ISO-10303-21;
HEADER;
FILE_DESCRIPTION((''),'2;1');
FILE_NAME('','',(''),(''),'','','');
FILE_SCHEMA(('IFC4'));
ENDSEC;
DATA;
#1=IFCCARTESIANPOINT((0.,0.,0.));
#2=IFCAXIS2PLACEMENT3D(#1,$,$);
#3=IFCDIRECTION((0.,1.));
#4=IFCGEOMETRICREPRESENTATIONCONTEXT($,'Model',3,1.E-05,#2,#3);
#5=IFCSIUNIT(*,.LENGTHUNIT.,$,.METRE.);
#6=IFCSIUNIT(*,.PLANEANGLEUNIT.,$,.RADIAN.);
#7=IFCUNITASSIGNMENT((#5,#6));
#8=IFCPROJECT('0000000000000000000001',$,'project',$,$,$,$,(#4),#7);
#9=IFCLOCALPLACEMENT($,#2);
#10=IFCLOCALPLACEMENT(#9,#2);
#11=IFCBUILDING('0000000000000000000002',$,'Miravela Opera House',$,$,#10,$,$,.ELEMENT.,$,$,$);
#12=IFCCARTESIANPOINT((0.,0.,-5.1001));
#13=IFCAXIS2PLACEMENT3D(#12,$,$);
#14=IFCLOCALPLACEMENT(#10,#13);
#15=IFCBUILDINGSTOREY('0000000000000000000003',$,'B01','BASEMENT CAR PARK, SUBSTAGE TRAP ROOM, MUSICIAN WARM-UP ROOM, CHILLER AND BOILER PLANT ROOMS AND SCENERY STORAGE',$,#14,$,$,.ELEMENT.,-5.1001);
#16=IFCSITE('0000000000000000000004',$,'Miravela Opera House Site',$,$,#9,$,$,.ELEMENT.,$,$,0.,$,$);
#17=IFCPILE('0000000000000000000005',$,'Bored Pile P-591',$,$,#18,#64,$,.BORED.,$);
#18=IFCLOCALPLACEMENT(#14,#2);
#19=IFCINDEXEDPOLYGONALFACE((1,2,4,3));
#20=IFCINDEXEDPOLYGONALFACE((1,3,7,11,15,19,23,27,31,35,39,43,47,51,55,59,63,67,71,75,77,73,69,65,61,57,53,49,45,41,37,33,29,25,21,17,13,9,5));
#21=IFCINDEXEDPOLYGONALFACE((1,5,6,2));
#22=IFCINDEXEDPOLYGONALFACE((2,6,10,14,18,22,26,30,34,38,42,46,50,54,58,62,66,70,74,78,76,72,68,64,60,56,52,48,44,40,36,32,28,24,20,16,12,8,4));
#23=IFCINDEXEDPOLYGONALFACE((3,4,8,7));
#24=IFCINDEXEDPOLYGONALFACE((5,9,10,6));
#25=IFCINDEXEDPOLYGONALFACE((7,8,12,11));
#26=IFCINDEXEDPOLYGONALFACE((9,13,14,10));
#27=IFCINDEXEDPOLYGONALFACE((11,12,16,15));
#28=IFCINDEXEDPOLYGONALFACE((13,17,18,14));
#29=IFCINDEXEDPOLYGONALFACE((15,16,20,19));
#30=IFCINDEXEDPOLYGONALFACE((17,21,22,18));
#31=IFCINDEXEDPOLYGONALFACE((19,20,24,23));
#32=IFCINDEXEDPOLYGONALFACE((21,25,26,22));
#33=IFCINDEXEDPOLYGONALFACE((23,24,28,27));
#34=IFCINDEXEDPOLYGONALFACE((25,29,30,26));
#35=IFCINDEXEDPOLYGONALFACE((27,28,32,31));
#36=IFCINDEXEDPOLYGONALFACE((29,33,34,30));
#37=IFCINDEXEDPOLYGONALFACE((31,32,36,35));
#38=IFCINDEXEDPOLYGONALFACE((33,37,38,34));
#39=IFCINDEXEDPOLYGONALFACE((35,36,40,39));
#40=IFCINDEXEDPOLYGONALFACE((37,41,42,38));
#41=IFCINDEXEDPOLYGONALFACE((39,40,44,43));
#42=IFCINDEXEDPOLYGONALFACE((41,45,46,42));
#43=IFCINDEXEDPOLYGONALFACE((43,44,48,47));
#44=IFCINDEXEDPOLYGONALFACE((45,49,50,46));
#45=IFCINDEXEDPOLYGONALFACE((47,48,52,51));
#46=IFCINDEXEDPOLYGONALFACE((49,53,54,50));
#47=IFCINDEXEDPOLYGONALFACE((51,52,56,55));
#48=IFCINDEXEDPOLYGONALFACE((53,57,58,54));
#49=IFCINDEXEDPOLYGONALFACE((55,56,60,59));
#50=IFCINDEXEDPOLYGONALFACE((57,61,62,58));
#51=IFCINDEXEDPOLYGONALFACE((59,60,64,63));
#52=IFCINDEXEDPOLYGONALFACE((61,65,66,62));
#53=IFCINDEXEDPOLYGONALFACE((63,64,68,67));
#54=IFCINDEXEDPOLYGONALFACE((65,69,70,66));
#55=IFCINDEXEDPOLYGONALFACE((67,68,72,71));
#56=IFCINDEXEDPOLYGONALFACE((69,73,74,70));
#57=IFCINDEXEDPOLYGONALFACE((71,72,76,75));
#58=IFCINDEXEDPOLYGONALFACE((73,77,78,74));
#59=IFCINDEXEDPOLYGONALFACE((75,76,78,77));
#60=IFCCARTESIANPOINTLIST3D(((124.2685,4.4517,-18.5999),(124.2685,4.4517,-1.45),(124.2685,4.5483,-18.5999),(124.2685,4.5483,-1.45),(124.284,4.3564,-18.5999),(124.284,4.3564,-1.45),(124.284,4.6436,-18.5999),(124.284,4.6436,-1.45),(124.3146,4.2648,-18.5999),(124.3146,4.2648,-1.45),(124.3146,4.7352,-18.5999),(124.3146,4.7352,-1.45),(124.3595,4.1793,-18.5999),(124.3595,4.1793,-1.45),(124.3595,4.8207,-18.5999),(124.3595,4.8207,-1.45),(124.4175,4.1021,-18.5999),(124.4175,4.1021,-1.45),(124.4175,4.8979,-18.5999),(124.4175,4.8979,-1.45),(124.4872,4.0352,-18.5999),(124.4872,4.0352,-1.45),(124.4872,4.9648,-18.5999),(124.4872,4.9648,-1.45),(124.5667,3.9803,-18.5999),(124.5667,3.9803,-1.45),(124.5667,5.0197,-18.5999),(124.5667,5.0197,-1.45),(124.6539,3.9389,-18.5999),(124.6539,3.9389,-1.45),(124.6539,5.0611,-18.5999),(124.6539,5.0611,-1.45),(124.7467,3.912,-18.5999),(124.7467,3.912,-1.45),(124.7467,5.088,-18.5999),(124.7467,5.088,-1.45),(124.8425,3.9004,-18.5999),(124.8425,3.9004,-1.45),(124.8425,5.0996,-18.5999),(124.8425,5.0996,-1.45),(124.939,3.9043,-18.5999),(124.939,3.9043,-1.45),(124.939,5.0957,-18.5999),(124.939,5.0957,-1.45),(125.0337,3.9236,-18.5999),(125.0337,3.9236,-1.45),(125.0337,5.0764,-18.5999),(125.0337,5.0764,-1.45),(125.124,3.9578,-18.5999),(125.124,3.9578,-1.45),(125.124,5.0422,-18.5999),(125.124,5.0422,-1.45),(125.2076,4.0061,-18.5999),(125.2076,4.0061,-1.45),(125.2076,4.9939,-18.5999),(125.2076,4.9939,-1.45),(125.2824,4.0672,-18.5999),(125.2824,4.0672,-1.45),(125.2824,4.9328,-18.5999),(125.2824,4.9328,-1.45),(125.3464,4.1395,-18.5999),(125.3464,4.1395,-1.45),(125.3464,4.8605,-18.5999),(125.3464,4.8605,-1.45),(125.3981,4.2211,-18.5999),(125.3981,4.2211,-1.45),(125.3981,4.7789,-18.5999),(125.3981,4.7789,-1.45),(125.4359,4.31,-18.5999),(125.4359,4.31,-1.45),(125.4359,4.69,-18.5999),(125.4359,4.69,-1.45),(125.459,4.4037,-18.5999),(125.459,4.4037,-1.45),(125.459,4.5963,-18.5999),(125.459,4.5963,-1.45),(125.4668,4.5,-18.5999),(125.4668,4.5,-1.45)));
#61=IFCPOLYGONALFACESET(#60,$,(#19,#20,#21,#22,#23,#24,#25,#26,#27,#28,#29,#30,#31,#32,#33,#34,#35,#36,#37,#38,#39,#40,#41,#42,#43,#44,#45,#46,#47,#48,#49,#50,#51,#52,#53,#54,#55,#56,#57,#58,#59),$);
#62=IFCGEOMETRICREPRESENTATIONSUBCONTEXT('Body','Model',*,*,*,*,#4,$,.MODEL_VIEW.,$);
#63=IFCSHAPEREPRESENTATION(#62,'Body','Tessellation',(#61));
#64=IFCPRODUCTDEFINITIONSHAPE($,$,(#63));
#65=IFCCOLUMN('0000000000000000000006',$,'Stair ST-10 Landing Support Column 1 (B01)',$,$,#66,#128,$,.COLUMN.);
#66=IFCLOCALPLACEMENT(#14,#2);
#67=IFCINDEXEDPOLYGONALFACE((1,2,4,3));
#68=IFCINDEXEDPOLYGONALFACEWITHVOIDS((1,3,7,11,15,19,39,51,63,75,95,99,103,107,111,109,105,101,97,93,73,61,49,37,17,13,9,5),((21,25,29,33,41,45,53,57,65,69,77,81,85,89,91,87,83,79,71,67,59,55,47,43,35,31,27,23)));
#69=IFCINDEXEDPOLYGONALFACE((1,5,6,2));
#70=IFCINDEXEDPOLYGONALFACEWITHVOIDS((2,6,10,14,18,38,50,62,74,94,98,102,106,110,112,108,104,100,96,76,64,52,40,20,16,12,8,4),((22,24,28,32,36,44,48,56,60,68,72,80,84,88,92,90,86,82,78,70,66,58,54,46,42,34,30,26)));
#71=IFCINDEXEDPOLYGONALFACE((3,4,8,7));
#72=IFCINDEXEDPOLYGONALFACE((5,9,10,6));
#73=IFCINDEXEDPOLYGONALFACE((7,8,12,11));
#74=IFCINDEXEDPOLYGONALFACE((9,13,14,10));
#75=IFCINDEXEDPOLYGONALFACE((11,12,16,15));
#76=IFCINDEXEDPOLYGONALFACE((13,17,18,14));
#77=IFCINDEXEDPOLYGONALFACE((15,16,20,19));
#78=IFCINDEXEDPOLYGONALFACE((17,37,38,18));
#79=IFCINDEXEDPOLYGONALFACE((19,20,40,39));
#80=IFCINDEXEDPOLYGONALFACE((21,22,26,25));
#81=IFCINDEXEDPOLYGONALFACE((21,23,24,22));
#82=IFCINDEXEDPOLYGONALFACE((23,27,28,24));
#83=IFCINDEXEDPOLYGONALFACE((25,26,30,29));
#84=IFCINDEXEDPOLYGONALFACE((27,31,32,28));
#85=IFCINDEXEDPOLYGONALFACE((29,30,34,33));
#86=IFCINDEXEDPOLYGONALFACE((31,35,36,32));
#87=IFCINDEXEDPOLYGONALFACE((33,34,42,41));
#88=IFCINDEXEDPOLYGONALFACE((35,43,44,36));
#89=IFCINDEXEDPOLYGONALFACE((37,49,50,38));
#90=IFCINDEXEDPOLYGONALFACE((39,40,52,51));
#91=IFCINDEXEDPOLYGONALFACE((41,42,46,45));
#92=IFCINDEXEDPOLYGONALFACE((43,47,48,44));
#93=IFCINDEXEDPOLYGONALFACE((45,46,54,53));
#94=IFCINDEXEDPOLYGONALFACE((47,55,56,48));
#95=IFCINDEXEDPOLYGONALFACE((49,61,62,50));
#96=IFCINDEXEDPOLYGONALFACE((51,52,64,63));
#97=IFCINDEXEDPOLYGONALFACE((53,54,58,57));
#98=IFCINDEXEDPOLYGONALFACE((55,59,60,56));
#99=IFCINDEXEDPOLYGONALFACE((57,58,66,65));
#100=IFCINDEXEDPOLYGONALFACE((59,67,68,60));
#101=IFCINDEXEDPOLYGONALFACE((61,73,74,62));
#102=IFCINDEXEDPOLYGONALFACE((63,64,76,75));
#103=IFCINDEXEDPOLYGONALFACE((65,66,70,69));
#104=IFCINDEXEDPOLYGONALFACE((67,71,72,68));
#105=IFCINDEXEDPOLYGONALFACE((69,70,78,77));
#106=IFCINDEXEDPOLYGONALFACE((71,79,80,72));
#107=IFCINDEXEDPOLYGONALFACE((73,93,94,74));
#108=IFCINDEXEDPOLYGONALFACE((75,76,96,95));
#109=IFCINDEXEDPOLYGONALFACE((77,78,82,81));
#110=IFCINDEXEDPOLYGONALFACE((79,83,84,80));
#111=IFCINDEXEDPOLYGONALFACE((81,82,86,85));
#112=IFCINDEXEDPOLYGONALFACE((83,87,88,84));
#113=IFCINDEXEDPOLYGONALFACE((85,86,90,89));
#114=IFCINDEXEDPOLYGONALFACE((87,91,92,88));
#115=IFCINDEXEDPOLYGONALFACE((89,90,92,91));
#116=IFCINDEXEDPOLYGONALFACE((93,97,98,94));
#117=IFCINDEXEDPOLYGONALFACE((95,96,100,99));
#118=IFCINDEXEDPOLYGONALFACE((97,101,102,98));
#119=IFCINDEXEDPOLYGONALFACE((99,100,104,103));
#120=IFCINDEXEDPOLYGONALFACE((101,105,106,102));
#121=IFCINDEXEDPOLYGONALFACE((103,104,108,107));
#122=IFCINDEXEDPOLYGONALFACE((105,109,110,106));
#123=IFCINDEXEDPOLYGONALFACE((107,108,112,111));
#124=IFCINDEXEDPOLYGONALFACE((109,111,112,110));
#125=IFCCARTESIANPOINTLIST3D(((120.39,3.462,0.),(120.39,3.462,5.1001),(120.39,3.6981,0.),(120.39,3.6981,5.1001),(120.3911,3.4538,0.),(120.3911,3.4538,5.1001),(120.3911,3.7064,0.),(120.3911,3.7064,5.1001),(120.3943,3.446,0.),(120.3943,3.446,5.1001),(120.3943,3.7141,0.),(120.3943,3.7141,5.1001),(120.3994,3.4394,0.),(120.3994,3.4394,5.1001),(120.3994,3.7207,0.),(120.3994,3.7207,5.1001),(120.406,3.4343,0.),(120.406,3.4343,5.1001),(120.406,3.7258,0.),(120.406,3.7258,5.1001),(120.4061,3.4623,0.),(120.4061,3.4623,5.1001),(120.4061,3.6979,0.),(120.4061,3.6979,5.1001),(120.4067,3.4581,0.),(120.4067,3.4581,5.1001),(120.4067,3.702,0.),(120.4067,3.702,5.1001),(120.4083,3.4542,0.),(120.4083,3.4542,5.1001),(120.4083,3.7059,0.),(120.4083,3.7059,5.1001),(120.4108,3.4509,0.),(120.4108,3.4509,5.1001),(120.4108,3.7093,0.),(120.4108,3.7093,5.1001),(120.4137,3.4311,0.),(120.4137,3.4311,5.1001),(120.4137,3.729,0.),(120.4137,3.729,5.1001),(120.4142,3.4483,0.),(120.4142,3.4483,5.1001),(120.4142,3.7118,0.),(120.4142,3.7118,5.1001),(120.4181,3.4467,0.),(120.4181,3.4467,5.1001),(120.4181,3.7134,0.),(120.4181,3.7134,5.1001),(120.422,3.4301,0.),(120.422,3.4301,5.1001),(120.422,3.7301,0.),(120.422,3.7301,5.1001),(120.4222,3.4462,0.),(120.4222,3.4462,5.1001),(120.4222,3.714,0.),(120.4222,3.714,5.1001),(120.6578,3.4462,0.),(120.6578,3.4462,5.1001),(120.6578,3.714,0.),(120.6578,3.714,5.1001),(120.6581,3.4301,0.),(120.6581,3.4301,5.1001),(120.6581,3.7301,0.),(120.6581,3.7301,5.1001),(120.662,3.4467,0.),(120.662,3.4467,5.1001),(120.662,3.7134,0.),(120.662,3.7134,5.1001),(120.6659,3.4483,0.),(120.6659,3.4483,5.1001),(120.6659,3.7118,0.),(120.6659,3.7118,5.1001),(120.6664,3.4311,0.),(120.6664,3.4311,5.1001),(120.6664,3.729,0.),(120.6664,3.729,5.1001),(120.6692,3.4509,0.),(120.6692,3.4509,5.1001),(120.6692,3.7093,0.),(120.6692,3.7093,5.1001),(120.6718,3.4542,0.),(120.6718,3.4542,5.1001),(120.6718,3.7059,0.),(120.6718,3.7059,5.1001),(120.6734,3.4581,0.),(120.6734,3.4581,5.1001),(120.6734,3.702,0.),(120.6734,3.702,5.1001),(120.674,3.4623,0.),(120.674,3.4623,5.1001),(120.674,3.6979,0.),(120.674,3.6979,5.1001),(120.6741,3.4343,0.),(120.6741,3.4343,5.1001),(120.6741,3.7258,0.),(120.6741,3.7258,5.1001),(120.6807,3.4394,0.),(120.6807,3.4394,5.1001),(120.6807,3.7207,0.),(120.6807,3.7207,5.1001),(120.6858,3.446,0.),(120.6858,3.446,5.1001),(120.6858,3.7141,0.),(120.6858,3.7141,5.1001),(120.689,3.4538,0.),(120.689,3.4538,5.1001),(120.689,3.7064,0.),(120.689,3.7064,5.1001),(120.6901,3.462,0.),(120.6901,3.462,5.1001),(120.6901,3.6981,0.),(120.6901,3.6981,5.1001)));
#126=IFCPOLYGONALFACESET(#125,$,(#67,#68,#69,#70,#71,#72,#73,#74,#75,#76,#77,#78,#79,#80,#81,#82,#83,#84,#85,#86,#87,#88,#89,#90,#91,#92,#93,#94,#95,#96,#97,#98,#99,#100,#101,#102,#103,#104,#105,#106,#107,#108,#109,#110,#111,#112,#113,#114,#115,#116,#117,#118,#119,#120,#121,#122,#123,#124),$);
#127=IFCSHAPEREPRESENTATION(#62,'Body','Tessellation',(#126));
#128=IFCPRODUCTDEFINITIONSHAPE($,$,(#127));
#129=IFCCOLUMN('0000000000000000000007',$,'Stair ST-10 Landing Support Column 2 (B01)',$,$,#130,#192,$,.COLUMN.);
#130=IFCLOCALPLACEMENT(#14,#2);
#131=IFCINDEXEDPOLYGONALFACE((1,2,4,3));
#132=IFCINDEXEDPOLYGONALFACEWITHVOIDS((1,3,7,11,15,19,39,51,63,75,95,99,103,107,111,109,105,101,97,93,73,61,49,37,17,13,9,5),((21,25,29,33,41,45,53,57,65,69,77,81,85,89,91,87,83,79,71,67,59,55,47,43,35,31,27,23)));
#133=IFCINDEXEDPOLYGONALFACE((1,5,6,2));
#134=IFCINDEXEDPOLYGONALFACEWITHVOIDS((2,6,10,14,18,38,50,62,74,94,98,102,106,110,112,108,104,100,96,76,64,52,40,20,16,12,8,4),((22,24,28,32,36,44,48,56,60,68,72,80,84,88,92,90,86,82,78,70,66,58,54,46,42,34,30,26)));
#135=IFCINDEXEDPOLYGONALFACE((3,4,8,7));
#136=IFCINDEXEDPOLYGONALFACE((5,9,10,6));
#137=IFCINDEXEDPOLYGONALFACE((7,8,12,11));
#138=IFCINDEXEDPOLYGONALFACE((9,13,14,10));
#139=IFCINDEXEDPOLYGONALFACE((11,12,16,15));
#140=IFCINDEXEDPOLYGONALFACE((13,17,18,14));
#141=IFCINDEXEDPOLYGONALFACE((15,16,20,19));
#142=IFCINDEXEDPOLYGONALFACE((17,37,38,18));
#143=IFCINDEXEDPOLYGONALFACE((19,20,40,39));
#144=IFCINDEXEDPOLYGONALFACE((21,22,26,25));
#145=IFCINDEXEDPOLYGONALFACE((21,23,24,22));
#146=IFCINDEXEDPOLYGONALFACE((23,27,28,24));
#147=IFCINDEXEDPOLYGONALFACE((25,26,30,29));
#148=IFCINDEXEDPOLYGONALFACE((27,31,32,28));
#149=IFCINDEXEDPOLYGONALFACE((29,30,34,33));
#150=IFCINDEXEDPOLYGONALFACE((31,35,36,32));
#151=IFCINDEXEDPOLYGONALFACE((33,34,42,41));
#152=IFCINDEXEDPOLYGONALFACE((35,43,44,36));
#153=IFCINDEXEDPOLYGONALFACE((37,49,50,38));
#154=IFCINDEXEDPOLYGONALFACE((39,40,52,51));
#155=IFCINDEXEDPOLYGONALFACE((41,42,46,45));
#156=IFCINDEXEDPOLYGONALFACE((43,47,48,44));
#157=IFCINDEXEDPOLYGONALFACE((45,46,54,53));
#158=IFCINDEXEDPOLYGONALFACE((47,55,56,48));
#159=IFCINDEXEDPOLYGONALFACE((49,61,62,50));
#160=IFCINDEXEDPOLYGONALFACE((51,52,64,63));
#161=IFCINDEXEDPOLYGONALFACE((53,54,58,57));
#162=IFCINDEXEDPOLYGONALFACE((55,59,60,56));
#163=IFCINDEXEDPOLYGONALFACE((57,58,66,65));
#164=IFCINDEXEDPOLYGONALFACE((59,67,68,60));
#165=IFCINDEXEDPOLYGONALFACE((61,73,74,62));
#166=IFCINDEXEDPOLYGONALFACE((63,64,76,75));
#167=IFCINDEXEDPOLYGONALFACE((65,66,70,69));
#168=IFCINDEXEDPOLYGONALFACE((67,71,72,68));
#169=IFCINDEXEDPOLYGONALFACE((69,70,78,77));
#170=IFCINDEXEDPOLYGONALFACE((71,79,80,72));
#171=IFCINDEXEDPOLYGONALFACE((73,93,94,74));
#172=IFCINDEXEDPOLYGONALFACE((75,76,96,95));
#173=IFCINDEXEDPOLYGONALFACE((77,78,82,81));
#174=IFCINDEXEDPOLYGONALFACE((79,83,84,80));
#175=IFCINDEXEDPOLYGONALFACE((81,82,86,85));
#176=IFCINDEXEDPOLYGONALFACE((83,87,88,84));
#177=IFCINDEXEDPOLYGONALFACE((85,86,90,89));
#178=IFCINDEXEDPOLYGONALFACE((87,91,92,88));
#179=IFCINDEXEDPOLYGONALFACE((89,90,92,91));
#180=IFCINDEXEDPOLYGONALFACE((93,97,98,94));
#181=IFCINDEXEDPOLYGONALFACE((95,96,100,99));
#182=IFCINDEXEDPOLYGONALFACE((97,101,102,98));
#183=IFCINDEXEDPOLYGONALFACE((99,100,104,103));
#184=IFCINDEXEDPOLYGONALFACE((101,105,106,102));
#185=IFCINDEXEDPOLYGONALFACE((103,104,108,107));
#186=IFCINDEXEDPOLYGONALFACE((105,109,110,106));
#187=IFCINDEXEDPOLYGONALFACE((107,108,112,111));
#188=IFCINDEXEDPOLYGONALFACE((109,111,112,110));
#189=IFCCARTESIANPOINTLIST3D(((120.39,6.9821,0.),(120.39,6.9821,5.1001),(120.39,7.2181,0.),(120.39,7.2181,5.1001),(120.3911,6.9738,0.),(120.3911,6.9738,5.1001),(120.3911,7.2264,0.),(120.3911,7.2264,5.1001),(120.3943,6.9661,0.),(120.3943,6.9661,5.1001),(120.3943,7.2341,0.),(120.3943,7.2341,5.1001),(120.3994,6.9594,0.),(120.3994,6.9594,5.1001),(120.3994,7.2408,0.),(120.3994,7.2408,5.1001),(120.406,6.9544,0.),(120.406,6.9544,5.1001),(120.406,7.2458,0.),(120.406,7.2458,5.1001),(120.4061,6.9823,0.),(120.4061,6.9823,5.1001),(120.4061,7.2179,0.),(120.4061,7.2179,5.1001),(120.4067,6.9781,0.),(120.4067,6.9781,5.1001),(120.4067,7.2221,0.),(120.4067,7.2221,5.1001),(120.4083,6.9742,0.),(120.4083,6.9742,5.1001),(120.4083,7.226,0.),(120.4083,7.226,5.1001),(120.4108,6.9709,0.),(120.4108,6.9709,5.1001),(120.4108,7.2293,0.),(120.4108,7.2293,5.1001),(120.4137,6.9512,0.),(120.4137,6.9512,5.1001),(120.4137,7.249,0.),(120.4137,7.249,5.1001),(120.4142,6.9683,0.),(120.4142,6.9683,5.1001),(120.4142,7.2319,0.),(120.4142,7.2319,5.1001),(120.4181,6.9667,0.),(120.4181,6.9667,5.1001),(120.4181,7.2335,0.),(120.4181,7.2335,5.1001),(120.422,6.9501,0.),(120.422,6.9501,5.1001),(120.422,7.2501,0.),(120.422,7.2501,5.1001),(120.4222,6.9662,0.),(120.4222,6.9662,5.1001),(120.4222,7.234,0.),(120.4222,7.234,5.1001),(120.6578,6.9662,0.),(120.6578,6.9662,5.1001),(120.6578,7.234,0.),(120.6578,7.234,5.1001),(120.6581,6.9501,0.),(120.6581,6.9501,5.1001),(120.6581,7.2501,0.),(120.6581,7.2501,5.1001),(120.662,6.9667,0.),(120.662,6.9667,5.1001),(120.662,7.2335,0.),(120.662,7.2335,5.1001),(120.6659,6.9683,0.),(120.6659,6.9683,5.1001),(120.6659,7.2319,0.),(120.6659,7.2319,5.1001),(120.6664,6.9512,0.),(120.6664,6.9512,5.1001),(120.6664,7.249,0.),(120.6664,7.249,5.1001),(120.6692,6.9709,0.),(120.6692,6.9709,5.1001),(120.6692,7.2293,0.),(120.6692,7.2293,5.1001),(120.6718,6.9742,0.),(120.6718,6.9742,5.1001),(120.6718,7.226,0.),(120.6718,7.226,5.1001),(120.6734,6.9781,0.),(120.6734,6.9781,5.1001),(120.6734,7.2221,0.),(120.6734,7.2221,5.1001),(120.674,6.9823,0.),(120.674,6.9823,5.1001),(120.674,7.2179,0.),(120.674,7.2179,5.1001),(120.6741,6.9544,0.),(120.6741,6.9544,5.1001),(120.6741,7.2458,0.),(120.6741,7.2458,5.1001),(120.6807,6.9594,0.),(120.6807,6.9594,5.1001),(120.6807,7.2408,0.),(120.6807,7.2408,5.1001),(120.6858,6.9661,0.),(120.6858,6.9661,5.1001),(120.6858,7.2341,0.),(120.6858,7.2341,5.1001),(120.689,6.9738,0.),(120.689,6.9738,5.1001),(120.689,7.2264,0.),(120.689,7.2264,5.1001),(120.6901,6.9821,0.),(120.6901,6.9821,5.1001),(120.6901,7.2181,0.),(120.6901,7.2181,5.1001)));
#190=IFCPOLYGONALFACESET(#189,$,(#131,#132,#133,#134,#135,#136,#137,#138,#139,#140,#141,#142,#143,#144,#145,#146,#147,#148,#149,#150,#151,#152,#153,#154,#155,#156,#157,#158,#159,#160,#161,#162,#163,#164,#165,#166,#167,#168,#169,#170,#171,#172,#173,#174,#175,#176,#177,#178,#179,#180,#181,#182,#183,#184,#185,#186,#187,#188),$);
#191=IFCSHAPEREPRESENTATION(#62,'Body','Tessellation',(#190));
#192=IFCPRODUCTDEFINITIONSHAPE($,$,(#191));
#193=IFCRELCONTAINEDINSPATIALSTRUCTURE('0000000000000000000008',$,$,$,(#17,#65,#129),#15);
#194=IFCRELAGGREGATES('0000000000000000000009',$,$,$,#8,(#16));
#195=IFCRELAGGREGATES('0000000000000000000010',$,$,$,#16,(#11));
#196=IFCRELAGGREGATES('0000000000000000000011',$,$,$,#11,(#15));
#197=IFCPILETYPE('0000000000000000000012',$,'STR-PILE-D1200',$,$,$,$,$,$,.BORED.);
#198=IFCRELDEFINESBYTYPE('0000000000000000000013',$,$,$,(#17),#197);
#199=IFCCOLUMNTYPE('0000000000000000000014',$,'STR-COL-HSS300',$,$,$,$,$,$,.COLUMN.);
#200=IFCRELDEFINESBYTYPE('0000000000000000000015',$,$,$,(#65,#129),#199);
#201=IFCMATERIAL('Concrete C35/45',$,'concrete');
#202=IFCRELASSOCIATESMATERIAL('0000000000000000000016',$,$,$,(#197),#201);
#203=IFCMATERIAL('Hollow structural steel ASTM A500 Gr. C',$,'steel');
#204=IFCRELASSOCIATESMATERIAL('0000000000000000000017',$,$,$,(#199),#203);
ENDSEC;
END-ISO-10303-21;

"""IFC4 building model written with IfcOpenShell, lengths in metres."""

from ifc_helpers import new_model, si_unit, direction, frame, origin, origin_2d, place, context, subcontext, project, spatial, hollow_rectangle, circle, extrude, material, material_profile, profile_set, type_object, element, save


model = new_model("IFC4")

# Units and contexts
model_context = context("Model", 3, precision=1e-05, world=origin(), true_north=direction((0.0, 1.0)))
body_context = subcontext(model_context, "Body", "Model", "MODEL_VIEW")
ifc_project = project(units=[si_unit("LENGTHUNIT", "METRE"), si_unit("PLANEANGLEUNIT", "RADIAN")], contexts=[model_context])

# Site, building, storey
site_placement = place(None, origin())
site = spatial("IfcSite", under=ifc_project, at=site_placement, Name="Miravela Opera House Site", CompositionType="ELEMENT", RefElevation=0.0)
building_placement = place(site_placement, origin())
building = spatial("IfcBuilding", under=site, at=building_placement, Name="Miravela Opera House", CompositionType="ELEMENT")
storey_placement = place(building_placement, frame((0.0, 0.0, -5.1001)))
storey = spatial("IfcBuildingStorey", under=building, at=storey_placement, Name="B01", Description="BASEMENT CAR PARK, SUBSTAGE TRAP ROOM, MUSICIAN WARM-UP ROOM, CHILLER AND BOILER PLANT ROOMS AND SCENERY STORAGE", CompositionType="ELEMENT", Elevation=-5.1001)

# Shared definitions
ifc_material_1 = material(Name="Concrete C35/45", Category="concrete")

# Pile
ifc_material_profile_1 = material_profile(ifc_material_1, circle(Radius=0.6001, at=origin_2d()), Name="PILE-D1200")
ifc_profile_set_1 = profile_set([ifc_material_profile_1])
pile_type = type_object("IfcPileType", Name="STR-PILE-D1200", PredefinedType="BORED", material=ifc_profile_set_1)
for number, where, z_axis, x_axis, name in (
    (1, (124.8667, 4.5, -1.45), (0.0, 0.0, -1.0), (1.0, 0.0, 0.0), "Bored Pile P-591"),
):
    element("IfcPile", number, at=place(storey_placement, frame(where, z_axis=z_axis, x_axis=x_axis)), inside=storey, type_object=pile_type, Name=name, PredefinedType="BORED", context=body_context, shape_type="SweptSolid", body=[
        extrude(circle(Radius=0.6001, at=origin_2d()), origin(), (0.0, 0.0, 1.0), 17.1499),
    ])

# Columns
ifc_material_2 = material(Name="Hollow structural steel ASTM A500 Gr. C", Category="steel")
ifc_material_profile_2 = material_profile(ifc_material_2, hollow_rectangle(XDim=0.3, YDim=0.3, WallThickness=0.0161, InnerFilletRadius=0.0161, OuterFilletRadius=0.032, at=origin_2d()), Name="HSS300X300X16")
ifc_profile_set_2 = profile_set([ifc_material_profile_2])
column_type = type_object("IfcColumnType", Name="STR-COL-HSS300", PredefinedType="COLUMN", material=ifc_profile_set_2)
for number, where, z_axis, x_axis, name in (
    (2, (120.54, 3.5801, 0.0), (0.0, 0.0, 1.0), (1.0, 0.0, 0.0), "Stair ST-10 Landing Support Column 1 (B01)"),
    (3, (120.54, 7.1001, 0.0), (0.0, 0.0, 1.0), (1.0, 0.0, 0.0), "Stair ST-10 Landing Support Column 2 (B01)"),
):
    element("IfcColumn", number, at=place(storey_placement, frame(where, z_axis=z_axis, x_axis=x_axis)), inside=storey, type_object=column_type, Name=name, PredefinedType="COLUMN", context=body_context, shape_type="SweptSolid", body=[
        extrude(hollow_rectangle(XDim=0.3, YDim=0.3, WallThickness=0.0161, InnerFilletRadius=0.0161, OuterFilletRadius=0.032, at=origin_2d()), origin(), (0.0, 0.0, 1.0), 5.1001),
    ])

save(model, "model.ifc")
